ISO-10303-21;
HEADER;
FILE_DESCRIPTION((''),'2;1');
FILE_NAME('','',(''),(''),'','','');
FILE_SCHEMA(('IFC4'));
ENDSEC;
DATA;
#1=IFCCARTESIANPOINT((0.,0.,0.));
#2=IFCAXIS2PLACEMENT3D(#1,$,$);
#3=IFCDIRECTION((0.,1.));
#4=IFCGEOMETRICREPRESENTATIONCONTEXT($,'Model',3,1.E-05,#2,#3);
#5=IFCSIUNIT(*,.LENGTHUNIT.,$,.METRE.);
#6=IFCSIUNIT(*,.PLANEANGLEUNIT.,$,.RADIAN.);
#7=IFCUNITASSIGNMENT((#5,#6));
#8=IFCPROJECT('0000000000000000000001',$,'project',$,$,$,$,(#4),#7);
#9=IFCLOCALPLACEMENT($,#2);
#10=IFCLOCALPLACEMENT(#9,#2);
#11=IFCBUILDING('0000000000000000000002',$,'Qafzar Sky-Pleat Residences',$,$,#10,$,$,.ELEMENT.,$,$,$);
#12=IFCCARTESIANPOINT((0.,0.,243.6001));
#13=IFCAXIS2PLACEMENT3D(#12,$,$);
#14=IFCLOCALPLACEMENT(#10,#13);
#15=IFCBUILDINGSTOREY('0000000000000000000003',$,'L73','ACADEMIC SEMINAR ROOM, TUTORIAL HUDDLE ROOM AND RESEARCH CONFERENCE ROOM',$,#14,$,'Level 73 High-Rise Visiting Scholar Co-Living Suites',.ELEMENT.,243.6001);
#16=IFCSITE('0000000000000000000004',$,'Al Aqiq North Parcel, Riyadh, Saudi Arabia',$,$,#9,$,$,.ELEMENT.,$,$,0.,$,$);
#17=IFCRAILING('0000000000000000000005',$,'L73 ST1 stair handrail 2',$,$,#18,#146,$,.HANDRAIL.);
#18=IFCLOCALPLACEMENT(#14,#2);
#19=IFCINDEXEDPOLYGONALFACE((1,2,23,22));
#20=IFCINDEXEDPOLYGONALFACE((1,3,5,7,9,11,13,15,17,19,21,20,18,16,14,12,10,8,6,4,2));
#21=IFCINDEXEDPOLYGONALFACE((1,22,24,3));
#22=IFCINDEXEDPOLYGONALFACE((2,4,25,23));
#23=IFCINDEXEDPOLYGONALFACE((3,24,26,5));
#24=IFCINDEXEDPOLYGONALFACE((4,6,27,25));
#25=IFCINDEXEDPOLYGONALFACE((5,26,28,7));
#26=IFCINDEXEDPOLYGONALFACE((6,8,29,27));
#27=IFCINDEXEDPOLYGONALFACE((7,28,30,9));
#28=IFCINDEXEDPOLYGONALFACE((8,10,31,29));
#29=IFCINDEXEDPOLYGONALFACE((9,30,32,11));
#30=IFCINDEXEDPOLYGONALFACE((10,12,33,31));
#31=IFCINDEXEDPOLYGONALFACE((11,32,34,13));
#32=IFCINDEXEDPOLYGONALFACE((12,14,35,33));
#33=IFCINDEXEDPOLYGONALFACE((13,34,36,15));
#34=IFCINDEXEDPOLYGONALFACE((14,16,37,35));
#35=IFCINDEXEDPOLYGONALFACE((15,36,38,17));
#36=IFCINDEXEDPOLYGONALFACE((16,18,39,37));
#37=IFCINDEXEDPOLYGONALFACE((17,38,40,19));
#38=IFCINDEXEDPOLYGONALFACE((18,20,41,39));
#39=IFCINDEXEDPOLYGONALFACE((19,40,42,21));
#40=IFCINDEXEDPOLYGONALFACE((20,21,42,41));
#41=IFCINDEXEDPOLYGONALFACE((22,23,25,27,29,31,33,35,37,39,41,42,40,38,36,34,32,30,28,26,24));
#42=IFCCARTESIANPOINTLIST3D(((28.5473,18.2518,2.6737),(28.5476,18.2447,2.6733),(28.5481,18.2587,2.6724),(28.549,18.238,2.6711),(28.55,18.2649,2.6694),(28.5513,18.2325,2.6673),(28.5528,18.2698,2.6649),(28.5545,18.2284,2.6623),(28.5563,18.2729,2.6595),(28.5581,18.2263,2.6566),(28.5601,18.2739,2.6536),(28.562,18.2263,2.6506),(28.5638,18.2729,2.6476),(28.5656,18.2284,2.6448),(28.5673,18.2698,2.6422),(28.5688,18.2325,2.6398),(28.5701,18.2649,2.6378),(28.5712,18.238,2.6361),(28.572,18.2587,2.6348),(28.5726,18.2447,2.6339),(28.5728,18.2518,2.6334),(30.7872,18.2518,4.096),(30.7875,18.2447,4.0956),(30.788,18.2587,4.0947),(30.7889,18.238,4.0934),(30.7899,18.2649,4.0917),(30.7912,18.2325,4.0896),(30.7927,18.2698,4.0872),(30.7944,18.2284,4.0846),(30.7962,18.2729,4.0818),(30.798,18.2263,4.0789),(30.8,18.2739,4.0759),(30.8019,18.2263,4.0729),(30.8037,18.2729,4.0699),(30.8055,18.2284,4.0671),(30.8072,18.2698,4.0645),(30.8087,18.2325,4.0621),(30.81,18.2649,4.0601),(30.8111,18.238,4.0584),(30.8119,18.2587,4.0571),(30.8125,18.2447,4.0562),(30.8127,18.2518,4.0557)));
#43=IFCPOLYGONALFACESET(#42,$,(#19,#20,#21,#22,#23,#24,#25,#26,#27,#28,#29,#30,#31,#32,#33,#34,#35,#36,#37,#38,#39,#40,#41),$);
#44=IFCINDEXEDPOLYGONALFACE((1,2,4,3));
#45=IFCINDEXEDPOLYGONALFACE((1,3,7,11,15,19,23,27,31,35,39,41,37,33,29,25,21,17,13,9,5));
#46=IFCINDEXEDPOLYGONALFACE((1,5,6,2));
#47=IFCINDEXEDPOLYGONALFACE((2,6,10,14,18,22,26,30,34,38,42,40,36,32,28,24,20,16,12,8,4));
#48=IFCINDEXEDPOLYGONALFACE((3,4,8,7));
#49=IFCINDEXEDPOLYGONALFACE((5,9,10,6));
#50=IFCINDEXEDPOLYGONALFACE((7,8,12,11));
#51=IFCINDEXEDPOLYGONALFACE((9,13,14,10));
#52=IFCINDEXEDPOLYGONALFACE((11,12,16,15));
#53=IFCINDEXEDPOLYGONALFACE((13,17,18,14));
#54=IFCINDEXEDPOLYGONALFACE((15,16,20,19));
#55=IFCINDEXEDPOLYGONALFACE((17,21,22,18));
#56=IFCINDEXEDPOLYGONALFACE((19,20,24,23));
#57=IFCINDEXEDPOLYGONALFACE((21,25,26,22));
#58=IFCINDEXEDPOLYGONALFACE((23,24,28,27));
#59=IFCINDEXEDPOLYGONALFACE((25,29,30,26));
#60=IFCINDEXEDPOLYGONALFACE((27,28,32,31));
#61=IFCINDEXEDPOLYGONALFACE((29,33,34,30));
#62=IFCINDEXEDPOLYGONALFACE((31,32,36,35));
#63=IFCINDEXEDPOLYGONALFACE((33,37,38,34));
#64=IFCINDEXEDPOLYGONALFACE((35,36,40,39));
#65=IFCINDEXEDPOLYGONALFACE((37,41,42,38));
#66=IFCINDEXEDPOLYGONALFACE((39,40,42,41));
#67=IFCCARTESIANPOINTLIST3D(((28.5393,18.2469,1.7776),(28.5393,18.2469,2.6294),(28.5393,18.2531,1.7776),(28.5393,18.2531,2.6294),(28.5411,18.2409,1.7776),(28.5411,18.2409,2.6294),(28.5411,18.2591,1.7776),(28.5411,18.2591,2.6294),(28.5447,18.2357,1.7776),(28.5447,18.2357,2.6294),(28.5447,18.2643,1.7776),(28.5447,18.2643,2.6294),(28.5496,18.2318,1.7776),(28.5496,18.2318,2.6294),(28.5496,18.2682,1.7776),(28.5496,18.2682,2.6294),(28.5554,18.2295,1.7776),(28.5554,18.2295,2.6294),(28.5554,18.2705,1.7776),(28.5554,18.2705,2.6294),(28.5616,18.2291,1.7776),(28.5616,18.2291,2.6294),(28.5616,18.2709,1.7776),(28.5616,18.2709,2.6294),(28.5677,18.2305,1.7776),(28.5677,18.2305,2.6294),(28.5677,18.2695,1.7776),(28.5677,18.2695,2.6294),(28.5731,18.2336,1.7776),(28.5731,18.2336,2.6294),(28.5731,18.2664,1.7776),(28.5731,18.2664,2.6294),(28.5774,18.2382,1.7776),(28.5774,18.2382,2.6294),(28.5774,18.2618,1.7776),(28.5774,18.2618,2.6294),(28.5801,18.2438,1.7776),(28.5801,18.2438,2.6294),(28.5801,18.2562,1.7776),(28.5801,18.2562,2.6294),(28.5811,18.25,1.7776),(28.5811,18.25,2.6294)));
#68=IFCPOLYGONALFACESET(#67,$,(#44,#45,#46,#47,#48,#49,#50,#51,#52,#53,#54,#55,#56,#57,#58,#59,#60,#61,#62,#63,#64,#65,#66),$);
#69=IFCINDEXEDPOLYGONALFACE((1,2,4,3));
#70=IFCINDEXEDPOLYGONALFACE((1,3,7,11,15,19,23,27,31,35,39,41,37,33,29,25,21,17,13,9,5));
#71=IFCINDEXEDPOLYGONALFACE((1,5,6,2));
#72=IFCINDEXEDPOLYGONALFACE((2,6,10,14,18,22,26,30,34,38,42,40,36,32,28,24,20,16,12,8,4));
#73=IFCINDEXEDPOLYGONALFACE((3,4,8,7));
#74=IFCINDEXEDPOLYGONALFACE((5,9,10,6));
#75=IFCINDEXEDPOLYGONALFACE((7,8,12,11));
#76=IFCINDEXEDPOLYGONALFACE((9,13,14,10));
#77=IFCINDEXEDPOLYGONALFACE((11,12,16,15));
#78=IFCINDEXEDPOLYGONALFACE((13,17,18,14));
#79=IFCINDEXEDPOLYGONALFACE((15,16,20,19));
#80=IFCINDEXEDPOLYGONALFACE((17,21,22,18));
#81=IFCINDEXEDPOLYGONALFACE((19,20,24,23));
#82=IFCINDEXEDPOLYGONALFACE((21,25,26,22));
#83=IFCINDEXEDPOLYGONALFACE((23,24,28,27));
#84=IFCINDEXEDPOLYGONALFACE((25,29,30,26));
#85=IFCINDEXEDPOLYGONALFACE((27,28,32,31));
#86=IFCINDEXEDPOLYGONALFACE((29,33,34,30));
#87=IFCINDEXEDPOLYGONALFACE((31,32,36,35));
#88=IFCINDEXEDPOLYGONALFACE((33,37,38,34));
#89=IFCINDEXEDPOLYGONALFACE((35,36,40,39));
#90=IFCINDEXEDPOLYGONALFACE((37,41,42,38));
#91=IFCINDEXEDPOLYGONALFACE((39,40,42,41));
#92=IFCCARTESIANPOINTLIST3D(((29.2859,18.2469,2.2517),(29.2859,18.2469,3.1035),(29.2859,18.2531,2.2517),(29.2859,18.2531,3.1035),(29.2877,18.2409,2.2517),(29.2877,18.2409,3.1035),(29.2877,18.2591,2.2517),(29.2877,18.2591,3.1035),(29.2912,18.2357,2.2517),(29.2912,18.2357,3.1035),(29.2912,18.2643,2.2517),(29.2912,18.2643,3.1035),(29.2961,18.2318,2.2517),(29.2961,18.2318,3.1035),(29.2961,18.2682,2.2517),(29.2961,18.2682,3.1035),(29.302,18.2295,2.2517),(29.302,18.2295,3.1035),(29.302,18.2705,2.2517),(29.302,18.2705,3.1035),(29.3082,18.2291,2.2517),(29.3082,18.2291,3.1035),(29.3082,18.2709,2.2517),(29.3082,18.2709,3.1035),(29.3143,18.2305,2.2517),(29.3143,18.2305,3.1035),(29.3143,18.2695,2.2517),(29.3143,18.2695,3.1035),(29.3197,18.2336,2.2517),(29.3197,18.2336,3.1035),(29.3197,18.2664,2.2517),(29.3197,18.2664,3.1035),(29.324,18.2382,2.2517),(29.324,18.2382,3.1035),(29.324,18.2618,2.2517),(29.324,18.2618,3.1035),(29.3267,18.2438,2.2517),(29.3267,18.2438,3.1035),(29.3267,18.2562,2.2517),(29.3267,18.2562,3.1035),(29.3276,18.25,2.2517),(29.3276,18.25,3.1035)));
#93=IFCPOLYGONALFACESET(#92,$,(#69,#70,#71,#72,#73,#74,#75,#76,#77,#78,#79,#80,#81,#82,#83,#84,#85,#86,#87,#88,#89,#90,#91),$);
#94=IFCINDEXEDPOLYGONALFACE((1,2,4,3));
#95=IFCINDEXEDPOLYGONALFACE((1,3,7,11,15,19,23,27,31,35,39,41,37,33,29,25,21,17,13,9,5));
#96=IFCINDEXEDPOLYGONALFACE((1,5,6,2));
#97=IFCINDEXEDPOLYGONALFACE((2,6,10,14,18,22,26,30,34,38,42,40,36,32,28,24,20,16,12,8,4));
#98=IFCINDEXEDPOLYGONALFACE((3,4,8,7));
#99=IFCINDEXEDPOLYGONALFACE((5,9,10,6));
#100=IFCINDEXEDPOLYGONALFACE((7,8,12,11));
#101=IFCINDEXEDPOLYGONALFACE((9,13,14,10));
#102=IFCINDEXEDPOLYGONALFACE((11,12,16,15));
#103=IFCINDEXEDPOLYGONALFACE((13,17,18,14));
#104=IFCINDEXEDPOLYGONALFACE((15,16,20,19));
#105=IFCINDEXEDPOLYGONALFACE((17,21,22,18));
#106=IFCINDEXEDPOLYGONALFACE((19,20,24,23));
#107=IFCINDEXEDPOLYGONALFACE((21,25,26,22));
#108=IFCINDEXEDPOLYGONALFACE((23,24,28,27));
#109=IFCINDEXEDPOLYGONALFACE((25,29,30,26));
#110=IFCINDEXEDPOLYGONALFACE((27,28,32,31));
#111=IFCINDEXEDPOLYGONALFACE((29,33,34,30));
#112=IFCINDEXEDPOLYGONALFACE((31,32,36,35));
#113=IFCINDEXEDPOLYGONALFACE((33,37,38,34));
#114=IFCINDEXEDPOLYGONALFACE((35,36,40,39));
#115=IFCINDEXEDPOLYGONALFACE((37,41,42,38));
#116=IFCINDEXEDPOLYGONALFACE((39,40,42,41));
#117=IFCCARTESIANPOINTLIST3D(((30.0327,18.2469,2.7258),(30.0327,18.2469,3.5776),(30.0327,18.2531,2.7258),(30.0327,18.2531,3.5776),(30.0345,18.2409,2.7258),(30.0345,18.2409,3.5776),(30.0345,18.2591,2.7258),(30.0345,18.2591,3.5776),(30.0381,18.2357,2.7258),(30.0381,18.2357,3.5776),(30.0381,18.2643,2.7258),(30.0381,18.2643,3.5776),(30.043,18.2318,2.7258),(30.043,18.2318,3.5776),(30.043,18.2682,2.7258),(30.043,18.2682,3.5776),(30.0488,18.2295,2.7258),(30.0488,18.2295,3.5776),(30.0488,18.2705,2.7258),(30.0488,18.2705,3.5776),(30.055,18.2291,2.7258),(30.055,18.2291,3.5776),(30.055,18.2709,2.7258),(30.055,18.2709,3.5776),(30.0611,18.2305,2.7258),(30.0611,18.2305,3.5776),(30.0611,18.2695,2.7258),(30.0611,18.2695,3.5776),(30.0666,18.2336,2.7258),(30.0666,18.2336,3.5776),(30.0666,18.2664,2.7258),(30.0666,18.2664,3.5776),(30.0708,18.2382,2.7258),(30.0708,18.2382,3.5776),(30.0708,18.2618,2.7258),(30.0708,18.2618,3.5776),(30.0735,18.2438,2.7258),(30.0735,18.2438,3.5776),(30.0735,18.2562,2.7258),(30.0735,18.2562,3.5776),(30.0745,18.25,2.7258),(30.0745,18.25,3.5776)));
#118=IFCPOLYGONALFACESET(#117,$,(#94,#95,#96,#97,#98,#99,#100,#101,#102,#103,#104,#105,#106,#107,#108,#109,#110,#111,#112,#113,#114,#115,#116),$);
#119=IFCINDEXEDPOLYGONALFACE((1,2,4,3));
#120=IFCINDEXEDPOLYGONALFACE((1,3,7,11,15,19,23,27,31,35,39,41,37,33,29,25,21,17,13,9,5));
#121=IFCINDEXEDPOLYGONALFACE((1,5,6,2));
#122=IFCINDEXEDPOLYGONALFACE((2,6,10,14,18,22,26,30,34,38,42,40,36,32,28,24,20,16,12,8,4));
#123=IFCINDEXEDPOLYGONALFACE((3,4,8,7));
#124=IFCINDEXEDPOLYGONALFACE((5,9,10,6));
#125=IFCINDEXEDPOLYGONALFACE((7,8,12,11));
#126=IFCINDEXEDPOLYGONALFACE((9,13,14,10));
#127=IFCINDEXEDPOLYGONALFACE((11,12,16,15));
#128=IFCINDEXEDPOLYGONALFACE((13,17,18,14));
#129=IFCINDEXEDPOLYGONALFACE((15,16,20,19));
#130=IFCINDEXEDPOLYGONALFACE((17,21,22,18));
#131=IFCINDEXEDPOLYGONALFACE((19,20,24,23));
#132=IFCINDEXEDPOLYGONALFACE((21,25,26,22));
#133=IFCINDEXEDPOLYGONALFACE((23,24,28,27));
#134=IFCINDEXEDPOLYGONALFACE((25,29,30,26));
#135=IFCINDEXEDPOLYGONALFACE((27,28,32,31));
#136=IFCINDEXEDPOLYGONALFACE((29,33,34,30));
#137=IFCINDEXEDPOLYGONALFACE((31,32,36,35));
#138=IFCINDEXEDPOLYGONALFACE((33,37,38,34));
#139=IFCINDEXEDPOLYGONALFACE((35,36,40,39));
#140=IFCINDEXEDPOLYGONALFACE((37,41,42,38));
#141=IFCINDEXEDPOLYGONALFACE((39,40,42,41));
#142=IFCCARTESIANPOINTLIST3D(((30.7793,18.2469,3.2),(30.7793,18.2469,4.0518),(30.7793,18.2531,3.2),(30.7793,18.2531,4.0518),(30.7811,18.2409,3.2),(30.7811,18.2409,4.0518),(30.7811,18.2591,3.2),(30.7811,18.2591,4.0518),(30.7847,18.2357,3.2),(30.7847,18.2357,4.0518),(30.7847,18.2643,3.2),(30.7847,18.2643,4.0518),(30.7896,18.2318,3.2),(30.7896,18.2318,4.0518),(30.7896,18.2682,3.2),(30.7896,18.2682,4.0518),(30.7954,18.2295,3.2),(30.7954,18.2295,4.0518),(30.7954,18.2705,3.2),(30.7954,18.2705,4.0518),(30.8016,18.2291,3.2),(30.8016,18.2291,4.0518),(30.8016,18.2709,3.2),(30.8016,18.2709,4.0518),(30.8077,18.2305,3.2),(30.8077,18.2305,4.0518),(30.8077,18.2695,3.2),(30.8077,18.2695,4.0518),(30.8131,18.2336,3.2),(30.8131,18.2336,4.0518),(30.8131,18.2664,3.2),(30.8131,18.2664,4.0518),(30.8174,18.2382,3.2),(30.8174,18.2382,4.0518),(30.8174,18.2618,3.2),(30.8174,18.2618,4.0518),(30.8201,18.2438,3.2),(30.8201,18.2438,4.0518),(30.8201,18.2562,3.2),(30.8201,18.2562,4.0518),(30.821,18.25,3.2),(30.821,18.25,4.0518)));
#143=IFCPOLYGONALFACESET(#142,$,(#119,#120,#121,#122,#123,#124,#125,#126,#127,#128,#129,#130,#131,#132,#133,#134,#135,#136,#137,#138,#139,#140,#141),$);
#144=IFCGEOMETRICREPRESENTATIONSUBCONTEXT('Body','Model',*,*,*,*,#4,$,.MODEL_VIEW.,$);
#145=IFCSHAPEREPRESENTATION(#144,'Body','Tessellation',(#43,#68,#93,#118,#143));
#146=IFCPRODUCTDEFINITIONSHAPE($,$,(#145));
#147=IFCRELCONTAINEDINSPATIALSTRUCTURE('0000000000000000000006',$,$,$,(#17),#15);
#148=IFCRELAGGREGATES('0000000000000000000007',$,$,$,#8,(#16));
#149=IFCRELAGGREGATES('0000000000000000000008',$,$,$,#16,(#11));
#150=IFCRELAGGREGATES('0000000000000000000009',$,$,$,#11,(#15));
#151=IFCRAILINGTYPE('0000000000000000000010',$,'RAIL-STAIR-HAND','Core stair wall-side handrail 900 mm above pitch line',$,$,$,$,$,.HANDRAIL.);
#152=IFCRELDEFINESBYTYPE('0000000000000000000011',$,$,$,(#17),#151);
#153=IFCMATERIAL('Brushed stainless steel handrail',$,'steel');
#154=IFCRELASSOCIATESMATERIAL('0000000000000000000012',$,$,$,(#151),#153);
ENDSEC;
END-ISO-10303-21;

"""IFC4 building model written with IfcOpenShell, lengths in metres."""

from ifc_helpers import new_model, si_unit, direction, frame, origin, origin_2d, place, context, subcontext, project, spatial, circle, extrude, source, transform, mapped, material, type_object, element, save


model = new_model("IFC4")

# Units and contexts
model_context = context("Model", 3, precision=1e-05, world=origin(), true_north=direction((0.0, 1.0)))
body_context = subcontext(model_context, "Body", "Model", "MODEL_VIEW")
ifc_project = project(units=[si_unit("LENGTHUNIT", "METRE"), si_unit("PLANEANGLEUNIT", "RADIAN")], contexts=[model_context])

# Site, building, storey
site_placement = place(None, origin())
site = spatial("IfcSite", under=ifc_project, at=site_placement, Name="Al Aqiq North Parcel, Riyadh, Saudi Arabia", CompositionType="ELEMENT", RefElevation=0.0)
building_placement = place(site_placement, origin())
building = spatial("IfcBuilding", under=site, at=building_placement, Name="Qafzar Sky-Pleat Residences", CompositionType="ELEMENT")
storey_placement = place(building_placement, frame((0.0, 0.0, 243.6001)))
storey = spatial("IfcBuildingStorey", under=building, at=storey_placement, Name="L73", Description="ACADEMIC SEMINAR ROOM, TUTORIAL HUDDLE ROOM AND RESEARCH CONFERENCE ROOM", LongName="Level 73 High-Rise Visiting Scholar Co-Living Suites", CompositionType="ELEMENT", Elevation=243.6001)

# Railing
ifc_material_1 = material(Name="Brushed stainless steel handrail", Category="steel")
railing_type_1 = type_object("IfcRailingType", Name="RAIL-STAIR-HAND", Description="Core stair wall-side handrail 900 mm above pitch line", PredefinedType="HANDRAIL", material=ifc_material_1)
shared_shape_1 = source(origin(), body_context, "Body", "SweptSolid", [
    extrude(circle(Radius=0.0239, at=origin_2d()), frame((0.0, 0.0, 0.876), z_axis=(0.844188, 0.0, 0.536048), x_axis=(0.0, 1.0, 0.0)), (0.0, 0.0, 1.0), 2.6533),
    extrude(circle(Radius=0.021, at=origin_2d()), origin(), (0.0, 0.0, 1.0), 0.8518),
    extrude(circle(Radius=0.021, at=origin_2d()), frame((0.7466, 0.0, 0.4741)), (0.0, 0.0, 1.0), 0.8518),
    extrude(circle(Radius=0.021, at=origin_2d()), frame((1.4934, 0.0, 0.9482)), (0.0, 0.0, 1.0), 0.8518),
    extrude(circle(Radius=0.021, at=origin_2d()), frame((2.24, 0.0, 1.4224)), (0.0, 0.0, 1.0), 0.8518),
])
railing_1_placement = place(storey_placement, frame((28.5601, 18.25, 1.7776)))
element("IfcRailing", 1, at=railing_1_placement, inside=storey, type_object=railing_type_1, Name="L73 ST1 stair handrail 2", PredefinedType="HANDRAIL", context=body_context, shape_type="MappedRepresentation", body=[
    mapped(shared_shape_1, transform((0.0, 0.0, 0.0), x_axis=(1.0, 0.0, 0.0), y_axis=(0.0, 1.0, 0.0), z_axis=(0.0, 0.0, 1.0), scale=1.0)),
])

save(model, "model.ifc")
